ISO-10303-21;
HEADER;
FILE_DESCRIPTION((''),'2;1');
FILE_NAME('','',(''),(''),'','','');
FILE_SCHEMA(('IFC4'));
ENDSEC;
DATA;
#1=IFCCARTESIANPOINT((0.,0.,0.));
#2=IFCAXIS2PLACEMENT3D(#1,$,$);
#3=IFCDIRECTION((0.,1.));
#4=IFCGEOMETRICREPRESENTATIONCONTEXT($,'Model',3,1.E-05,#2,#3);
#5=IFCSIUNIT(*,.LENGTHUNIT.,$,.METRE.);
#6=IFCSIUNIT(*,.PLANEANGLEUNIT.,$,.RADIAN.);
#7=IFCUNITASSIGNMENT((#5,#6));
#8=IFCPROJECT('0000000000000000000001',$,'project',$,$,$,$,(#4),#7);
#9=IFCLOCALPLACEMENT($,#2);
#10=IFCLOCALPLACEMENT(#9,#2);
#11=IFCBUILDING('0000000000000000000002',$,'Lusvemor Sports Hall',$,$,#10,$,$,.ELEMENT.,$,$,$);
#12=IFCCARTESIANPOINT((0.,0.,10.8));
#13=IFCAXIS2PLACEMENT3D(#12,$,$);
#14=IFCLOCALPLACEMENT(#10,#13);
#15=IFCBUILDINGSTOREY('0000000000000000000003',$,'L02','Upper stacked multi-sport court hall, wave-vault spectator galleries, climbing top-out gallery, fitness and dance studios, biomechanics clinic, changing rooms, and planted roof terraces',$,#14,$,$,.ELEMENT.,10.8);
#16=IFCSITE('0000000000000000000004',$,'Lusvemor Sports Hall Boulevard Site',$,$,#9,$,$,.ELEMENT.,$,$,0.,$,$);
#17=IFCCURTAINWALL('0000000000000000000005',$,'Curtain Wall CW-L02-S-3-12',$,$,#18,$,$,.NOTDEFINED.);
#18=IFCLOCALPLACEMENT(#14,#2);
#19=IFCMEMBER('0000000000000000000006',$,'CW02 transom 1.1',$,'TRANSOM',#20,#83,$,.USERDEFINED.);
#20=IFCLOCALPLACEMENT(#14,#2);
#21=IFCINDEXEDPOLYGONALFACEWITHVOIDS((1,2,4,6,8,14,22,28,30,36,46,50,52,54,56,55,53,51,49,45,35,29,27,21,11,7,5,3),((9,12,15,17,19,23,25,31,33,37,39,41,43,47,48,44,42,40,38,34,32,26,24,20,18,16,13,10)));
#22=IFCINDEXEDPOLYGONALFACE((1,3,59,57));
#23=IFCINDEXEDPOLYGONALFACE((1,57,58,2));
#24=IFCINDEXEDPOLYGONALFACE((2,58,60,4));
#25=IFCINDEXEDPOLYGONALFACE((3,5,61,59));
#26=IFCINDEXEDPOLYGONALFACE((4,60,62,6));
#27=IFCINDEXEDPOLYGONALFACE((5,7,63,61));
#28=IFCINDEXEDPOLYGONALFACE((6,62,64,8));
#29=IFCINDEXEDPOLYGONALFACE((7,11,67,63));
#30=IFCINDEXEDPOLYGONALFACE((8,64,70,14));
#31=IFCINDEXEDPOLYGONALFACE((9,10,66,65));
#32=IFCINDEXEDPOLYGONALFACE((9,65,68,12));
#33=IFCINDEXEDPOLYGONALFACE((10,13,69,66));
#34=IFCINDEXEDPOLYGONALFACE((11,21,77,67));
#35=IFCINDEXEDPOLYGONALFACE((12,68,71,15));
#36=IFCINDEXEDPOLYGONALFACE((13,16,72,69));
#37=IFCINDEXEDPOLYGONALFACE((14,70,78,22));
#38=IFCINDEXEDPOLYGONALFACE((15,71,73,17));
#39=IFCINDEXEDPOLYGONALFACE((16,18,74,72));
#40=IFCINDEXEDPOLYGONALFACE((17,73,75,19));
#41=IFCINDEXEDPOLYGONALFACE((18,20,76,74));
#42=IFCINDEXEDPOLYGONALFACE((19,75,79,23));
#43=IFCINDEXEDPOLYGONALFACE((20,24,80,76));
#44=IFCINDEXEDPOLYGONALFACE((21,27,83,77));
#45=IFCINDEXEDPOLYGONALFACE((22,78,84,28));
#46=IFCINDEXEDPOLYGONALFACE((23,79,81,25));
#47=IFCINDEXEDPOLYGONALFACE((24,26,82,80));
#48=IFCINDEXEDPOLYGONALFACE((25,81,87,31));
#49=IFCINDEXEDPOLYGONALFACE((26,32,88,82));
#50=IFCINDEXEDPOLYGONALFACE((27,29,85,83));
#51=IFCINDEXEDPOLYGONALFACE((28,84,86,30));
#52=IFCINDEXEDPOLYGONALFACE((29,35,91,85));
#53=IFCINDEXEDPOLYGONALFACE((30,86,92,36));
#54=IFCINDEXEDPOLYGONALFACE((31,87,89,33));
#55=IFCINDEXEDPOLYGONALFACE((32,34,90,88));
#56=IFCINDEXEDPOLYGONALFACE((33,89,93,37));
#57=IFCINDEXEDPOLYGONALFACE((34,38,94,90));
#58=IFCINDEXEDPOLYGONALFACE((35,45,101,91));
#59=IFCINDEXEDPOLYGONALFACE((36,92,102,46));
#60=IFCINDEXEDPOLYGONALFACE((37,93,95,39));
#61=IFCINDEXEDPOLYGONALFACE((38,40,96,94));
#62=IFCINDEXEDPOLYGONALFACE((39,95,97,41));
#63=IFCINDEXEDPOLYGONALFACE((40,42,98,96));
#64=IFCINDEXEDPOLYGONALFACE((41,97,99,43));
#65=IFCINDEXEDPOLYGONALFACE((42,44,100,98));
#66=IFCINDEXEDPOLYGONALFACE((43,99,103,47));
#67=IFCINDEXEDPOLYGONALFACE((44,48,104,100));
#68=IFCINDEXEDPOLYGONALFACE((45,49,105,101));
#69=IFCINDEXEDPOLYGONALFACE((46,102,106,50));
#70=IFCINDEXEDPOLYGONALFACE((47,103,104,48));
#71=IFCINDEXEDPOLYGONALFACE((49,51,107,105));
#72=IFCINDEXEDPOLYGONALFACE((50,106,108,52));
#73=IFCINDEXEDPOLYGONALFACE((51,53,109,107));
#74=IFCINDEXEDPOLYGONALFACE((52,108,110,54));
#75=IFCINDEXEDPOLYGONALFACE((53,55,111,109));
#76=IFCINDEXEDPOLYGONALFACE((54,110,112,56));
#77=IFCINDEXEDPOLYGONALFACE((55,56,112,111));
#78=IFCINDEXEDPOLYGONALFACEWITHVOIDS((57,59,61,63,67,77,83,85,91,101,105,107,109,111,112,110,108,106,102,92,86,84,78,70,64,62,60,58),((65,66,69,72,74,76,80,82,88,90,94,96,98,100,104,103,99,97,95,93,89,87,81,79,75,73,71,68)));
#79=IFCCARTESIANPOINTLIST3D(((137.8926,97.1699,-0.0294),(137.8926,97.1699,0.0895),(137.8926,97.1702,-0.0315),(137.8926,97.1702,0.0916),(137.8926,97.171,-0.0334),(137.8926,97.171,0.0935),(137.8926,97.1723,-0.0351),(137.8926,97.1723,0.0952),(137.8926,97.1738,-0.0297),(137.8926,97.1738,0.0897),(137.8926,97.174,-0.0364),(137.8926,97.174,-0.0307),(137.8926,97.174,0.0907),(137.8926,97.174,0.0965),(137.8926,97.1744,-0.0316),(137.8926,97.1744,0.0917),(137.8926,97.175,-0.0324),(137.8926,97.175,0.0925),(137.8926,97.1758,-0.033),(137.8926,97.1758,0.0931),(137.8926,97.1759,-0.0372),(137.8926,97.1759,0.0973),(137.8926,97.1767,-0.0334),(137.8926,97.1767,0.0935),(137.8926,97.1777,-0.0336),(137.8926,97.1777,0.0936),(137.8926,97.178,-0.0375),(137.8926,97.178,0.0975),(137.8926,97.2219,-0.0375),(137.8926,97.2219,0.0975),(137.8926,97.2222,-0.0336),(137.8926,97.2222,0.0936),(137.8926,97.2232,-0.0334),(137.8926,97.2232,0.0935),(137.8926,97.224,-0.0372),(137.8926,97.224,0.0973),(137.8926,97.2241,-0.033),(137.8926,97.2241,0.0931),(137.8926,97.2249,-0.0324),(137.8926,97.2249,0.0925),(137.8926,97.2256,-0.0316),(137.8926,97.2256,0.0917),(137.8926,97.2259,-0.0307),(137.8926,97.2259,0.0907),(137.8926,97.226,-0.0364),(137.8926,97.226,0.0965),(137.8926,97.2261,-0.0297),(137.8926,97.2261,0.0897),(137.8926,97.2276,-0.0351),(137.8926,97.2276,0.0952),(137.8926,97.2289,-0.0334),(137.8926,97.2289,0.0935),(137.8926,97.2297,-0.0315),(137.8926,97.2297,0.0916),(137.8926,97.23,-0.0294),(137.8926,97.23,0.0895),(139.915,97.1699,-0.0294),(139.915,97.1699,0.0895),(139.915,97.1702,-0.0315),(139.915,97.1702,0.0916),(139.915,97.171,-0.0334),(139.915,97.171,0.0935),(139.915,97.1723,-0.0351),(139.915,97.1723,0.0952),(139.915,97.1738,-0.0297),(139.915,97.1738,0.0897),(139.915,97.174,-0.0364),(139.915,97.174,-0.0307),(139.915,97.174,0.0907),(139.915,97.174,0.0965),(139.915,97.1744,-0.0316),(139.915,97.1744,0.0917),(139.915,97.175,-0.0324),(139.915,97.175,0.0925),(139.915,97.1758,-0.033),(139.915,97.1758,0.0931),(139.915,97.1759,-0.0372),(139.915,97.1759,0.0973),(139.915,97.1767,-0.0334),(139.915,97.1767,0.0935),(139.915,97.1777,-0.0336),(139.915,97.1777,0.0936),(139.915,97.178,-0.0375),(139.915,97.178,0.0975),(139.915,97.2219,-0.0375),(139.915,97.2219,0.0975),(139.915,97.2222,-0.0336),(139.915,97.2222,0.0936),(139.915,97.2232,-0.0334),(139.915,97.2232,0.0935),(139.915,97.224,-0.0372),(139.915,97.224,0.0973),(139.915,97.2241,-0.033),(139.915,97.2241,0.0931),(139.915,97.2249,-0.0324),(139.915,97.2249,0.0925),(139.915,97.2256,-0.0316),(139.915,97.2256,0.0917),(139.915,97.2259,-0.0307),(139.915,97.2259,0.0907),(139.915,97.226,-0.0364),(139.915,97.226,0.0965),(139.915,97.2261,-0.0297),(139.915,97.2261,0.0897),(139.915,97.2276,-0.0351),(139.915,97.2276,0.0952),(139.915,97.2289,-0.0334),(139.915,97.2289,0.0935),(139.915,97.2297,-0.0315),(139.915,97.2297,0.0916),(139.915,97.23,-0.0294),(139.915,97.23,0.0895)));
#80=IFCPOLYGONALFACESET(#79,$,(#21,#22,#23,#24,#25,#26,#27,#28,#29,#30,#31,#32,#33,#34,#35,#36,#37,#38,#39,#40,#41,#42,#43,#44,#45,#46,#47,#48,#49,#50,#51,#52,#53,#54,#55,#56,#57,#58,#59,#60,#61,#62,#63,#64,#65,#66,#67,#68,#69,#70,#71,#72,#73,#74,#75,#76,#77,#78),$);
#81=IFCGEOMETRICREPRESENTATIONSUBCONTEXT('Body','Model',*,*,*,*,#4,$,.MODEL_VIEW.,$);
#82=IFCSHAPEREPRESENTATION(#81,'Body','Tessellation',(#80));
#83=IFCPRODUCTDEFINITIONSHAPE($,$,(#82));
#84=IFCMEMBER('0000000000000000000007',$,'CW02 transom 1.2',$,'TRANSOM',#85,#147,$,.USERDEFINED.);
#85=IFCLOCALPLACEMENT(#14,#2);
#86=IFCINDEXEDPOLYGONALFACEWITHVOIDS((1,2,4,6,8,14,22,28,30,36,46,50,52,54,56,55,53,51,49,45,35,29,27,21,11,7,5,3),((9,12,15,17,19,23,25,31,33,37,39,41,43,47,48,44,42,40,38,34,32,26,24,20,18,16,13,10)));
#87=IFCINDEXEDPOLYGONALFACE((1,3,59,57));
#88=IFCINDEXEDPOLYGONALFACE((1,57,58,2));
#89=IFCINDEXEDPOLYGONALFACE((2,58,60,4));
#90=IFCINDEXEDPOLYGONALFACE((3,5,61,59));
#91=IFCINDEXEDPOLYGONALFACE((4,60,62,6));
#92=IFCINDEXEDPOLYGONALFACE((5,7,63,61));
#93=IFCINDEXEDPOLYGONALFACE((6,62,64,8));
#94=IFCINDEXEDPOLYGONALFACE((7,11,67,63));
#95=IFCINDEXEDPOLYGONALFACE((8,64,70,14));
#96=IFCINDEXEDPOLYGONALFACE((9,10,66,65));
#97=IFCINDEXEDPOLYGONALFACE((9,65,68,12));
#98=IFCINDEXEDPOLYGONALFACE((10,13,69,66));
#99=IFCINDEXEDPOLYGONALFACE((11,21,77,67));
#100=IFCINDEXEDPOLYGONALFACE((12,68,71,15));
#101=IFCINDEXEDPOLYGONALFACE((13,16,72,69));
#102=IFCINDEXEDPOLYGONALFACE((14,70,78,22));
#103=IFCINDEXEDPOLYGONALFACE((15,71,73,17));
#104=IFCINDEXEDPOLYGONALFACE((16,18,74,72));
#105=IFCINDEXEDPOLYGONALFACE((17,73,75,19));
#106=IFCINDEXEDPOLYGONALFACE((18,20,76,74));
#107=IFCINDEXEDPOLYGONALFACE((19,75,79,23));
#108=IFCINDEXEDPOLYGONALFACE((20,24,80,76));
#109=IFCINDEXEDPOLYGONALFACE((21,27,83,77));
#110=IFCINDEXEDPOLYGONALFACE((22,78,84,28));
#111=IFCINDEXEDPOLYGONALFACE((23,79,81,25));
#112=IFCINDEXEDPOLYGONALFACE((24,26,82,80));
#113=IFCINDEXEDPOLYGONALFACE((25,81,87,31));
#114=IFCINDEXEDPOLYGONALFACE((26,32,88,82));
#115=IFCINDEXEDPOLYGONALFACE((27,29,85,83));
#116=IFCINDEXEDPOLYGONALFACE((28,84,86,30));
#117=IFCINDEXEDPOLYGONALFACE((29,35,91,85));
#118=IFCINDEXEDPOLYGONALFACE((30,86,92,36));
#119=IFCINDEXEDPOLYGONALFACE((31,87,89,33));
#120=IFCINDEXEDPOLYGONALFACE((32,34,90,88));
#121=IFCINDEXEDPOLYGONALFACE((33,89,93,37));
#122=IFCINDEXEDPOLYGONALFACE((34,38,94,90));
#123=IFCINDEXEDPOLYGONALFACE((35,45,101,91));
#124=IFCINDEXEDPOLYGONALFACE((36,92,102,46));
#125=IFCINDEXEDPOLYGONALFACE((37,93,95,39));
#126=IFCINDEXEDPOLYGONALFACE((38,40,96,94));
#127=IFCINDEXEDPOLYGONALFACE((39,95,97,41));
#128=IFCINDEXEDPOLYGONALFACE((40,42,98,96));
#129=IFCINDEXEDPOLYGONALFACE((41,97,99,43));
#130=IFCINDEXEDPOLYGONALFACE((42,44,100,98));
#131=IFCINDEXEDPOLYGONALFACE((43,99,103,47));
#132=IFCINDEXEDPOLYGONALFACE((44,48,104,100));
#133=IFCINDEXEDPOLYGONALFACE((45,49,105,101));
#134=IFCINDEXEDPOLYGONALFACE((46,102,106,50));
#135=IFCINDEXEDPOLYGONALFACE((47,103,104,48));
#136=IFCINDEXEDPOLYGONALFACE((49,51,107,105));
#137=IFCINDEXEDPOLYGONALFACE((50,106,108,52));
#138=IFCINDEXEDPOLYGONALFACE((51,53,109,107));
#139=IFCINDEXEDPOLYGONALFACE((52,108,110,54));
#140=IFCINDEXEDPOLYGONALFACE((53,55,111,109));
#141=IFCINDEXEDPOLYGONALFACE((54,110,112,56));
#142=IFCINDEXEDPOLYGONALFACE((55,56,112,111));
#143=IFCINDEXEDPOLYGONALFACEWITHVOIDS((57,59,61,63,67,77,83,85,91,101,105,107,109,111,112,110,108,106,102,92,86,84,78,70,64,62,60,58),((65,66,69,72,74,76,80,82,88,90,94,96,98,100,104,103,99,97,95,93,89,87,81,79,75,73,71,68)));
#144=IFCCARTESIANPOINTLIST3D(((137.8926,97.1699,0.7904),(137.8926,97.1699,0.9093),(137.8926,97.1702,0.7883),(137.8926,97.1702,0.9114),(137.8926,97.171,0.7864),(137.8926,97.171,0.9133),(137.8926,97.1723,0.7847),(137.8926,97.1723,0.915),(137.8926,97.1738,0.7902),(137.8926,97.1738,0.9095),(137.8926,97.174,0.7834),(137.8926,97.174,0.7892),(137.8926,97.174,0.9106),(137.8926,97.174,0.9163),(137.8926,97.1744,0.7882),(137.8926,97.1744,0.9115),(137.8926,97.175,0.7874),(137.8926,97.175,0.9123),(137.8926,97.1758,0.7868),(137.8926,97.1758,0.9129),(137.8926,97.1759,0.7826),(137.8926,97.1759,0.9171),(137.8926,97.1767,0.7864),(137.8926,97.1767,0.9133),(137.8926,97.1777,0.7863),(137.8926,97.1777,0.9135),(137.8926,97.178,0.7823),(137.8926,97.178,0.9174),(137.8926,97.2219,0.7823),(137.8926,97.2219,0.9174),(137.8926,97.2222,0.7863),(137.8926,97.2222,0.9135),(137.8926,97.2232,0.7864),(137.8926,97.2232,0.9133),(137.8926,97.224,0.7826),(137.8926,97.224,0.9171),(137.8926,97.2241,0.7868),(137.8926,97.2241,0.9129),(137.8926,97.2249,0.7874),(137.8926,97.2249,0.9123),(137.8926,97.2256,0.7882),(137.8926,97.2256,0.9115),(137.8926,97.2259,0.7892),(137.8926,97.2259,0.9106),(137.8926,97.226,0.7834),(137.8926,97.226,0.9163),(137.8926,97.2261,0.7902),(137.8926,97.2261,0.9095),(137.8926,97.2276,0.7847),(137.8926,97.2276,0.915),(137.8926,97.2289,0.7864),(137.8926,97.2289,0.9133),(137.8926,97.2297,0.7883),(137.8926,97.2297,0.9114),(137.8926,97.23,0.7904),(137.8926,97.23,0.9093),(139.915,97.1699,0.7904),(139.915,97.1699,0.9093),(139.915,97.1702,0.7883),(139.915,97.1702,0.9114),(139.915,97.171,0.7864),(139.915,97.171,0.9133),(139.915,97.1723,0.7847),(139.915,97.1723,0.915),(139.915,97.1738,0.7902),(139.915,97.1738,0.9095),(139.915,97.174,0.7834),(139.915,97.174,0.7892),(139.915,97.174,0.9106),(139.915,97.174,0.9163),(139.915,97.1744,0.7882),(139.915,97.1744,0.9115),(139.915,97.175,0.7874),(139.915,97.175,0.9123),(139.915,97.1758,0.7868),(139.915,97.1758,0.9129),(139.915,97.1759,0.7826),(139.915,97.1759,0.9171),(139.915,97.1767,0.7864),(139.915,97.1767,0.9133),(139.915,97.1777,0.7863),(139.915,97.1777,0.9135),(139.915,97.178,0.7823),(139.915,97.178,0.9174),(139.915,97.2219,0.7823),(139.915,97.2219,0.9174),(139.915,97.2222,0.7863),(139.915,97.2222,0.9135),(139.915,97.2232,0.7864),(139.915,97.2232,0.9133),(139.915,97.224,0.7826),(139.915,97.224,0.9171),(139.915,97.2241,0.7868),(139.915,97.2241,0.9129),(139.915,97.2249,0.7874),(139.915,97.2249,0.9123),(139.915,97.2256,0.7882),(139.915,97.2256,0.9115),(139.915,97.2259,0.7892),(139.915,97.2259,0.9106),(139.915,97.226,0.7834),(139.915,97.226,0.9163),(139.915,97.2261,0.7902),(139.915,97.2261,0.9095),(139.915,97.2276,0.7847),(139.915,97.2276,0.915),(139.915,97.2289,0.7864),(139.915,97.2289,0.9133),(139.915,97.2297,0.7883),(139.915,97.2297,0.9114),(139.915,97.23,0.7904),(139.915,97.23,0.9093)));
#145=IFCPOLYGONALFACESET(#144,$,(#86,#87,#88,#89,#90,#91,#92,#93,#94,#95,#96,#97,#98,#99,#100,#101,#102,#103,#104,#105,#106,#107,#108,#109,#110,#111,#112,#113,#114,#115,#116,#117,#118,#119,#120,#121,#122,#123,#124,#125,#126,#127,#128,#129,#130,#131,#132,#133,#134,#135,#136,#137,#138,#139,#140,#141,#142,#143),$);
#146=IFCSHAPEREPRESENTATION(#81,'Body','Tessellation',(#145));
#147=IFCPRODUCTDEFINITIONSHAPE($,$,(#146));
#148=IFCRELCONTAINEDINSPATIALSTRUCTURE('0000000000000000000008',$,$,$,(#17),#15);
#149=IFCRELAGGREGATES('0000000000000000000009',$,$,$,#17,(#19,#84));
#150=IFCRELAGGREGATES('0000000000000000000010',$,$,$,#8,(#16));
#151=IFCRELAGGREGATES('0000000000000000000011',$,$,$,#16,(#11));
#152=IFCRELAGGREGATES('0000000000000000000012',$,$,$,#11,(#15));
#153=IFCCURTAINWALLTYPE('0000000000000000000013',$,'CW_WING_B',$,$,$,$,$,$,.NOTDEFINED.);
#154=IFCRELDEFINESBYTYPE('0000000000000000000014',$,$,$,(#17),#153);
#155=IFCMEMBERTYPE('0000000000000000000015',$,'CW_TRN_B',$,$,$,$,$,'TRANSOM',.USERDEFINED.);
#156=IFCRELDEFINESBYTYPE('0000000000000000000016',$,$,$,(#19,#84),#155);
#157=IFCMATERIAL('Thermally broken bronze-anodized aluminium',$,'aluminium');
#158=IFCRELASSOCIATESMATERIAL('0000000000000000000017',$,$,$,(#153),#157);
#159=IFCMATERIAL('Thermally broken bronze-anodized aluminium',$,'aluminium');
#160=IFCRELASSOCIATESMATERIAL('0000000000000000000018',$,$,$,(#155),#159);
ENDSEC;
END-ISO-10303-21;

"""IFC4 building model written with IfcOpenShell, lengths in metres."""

from ifc_helpers import new_model, si_unit, direction, frame, origin, origin_2d, place, context, subcontext, project, spatial, hollow_rectangle, extrude, material, material_profile, profile_set, type_object, element, aggregate, save


model = new_model("IFC4")

# Units and contexts
model_context = context("Model", 3, precision=1e-05, world=origin(), true_north=direction((0.0, 1.0)))
body_context = subcontext(model_context, "Body", "Model", "MODEL_VIEW")
ifc_project = project(units=[si_unit("LENGTHUNIT", "METRE"), si_unit("PLANEANGLEUNIT", "RADIAN")], contexts=[model_context])

# Site, building, storey
site_placement = place(None, origin())
site = spatial("IfcSite", under=ifc_project, at=site_placement, Name="Lusvemor Sports Hall Boulevard Site", CompositionType="ELEMENT", RefElevation=0.0)
building_placement = place(site_placement, origin())
building = spatial("IfcBuilding", under=site, at=building_placement, Name="Lusvemor Sports Hall", CompositionType="ELEMENT")
storey_placement = place(building_placement, frame((0.0, 0.0, 10.8)))
storey = spatial("IfcBuildingStorey", under=building, at=storey_placement, Name="L02", Description="Upper stacked multi-sport court hall, wave-vault spectator galleries, climbing top-out gallery, fitness and dance studios, biomechanics clinic, changing rooms, and planted roof terraces", CompositionType="ELEMENT", Elevation=10.8)

# Curtain wall, members
ifc_material_1 = material(Name="Thermally broken bronze-anodized aluminium", Category="aluminium")
curtain_wall_type = type_object("IfcCurtainWallType", Name="CW_WING_B", PredefinedType="NOTDEFINED", material=ifc_material_1)
curtain_wall_placement = place(storey_placement, origin())
curtain_wall = element("IfcCurtainWall", 1, at=curtain_wall_placement, inside=storey, type_object=curtain_wall_type, Name="Curtain Wall CW-L02-S-3-12", PredefinedType="NOTDEFINED")
ifc_material_2 = material(Name="Thermally broken bronze-anodized aluminium", Category="aluminium")
ifc_material_profile_1 = material_profile(ifc_material_2, hollow_rectangle(XDim=0.0601, YDim=0.135, WallThickness=0.0039, InnerFilletRadius=0.0039, OuterFilletRadius=0.0081, at=origin_2d()), Name="CWTRN135x60x4")
ifc_profile_set_1 = profile_set([ifc_material_profile_1], Name="Thermally broken bronze-anodized aluminium")
member_type_1 = type_object("IfcMemberType", Name="CW_TRN_B", ElementType="TRANSOM", PredefinedType="USERDEFINED", material=ifc_profile_set_1)
member_1_placement = place(storey_placement, frame((139.915, 97.2, 0.03), z_axis=(-1.0, 0.0, 0.0), x_axis=(0.0, -1.0, 0.0)))
member_1 = element("IfcMember", 2, at=member_1_placement, type_object=member_type_1, Name="CW02 transom 1.1", ObjectType="TRANSOM", PredefinedType="USERDEFINED", context=body_context, shape_type="SweptSolid", body=[
    extrude(hollow_rectangle(XDim=0.0601, YDim=0.135, WallThickness=0.0039, InnerFilletRadius=0.0039, OuterFilletRadius=0.0081, at=origin_2d()), origin(), (0.0, 0.0, 1.0), 2.0225),
])
member_2_placement = place(storey_placement, frame((139.915, 97.2, 0.8499), z_axis=(-1.0, 0.0, 0.0), x_axis=(0.0, -1.0, 0.0)))
member_2 = element("IfcMember", 3, at=member_2_placement, type_object=member_type_1, Name="CW02 transom 1.2", ObjectType="TRANSOM", PredefinedType="USERDEFINED", context=body_context, shape_type="SweptSolid", body=[
    extrude(hollow_rectangle(XDim=0.0601, YDim=0.135, WallThickness=0.0039, InnerFilletRadius=0.0039, OuterFilletRadius=0.0081, at=origin_2d()), origin(), (0.0, 0.0, 1.0), 2.0225),
])
aggregate(curtain_wall, [member_1, member_2])

save(model, "model.ifc")
